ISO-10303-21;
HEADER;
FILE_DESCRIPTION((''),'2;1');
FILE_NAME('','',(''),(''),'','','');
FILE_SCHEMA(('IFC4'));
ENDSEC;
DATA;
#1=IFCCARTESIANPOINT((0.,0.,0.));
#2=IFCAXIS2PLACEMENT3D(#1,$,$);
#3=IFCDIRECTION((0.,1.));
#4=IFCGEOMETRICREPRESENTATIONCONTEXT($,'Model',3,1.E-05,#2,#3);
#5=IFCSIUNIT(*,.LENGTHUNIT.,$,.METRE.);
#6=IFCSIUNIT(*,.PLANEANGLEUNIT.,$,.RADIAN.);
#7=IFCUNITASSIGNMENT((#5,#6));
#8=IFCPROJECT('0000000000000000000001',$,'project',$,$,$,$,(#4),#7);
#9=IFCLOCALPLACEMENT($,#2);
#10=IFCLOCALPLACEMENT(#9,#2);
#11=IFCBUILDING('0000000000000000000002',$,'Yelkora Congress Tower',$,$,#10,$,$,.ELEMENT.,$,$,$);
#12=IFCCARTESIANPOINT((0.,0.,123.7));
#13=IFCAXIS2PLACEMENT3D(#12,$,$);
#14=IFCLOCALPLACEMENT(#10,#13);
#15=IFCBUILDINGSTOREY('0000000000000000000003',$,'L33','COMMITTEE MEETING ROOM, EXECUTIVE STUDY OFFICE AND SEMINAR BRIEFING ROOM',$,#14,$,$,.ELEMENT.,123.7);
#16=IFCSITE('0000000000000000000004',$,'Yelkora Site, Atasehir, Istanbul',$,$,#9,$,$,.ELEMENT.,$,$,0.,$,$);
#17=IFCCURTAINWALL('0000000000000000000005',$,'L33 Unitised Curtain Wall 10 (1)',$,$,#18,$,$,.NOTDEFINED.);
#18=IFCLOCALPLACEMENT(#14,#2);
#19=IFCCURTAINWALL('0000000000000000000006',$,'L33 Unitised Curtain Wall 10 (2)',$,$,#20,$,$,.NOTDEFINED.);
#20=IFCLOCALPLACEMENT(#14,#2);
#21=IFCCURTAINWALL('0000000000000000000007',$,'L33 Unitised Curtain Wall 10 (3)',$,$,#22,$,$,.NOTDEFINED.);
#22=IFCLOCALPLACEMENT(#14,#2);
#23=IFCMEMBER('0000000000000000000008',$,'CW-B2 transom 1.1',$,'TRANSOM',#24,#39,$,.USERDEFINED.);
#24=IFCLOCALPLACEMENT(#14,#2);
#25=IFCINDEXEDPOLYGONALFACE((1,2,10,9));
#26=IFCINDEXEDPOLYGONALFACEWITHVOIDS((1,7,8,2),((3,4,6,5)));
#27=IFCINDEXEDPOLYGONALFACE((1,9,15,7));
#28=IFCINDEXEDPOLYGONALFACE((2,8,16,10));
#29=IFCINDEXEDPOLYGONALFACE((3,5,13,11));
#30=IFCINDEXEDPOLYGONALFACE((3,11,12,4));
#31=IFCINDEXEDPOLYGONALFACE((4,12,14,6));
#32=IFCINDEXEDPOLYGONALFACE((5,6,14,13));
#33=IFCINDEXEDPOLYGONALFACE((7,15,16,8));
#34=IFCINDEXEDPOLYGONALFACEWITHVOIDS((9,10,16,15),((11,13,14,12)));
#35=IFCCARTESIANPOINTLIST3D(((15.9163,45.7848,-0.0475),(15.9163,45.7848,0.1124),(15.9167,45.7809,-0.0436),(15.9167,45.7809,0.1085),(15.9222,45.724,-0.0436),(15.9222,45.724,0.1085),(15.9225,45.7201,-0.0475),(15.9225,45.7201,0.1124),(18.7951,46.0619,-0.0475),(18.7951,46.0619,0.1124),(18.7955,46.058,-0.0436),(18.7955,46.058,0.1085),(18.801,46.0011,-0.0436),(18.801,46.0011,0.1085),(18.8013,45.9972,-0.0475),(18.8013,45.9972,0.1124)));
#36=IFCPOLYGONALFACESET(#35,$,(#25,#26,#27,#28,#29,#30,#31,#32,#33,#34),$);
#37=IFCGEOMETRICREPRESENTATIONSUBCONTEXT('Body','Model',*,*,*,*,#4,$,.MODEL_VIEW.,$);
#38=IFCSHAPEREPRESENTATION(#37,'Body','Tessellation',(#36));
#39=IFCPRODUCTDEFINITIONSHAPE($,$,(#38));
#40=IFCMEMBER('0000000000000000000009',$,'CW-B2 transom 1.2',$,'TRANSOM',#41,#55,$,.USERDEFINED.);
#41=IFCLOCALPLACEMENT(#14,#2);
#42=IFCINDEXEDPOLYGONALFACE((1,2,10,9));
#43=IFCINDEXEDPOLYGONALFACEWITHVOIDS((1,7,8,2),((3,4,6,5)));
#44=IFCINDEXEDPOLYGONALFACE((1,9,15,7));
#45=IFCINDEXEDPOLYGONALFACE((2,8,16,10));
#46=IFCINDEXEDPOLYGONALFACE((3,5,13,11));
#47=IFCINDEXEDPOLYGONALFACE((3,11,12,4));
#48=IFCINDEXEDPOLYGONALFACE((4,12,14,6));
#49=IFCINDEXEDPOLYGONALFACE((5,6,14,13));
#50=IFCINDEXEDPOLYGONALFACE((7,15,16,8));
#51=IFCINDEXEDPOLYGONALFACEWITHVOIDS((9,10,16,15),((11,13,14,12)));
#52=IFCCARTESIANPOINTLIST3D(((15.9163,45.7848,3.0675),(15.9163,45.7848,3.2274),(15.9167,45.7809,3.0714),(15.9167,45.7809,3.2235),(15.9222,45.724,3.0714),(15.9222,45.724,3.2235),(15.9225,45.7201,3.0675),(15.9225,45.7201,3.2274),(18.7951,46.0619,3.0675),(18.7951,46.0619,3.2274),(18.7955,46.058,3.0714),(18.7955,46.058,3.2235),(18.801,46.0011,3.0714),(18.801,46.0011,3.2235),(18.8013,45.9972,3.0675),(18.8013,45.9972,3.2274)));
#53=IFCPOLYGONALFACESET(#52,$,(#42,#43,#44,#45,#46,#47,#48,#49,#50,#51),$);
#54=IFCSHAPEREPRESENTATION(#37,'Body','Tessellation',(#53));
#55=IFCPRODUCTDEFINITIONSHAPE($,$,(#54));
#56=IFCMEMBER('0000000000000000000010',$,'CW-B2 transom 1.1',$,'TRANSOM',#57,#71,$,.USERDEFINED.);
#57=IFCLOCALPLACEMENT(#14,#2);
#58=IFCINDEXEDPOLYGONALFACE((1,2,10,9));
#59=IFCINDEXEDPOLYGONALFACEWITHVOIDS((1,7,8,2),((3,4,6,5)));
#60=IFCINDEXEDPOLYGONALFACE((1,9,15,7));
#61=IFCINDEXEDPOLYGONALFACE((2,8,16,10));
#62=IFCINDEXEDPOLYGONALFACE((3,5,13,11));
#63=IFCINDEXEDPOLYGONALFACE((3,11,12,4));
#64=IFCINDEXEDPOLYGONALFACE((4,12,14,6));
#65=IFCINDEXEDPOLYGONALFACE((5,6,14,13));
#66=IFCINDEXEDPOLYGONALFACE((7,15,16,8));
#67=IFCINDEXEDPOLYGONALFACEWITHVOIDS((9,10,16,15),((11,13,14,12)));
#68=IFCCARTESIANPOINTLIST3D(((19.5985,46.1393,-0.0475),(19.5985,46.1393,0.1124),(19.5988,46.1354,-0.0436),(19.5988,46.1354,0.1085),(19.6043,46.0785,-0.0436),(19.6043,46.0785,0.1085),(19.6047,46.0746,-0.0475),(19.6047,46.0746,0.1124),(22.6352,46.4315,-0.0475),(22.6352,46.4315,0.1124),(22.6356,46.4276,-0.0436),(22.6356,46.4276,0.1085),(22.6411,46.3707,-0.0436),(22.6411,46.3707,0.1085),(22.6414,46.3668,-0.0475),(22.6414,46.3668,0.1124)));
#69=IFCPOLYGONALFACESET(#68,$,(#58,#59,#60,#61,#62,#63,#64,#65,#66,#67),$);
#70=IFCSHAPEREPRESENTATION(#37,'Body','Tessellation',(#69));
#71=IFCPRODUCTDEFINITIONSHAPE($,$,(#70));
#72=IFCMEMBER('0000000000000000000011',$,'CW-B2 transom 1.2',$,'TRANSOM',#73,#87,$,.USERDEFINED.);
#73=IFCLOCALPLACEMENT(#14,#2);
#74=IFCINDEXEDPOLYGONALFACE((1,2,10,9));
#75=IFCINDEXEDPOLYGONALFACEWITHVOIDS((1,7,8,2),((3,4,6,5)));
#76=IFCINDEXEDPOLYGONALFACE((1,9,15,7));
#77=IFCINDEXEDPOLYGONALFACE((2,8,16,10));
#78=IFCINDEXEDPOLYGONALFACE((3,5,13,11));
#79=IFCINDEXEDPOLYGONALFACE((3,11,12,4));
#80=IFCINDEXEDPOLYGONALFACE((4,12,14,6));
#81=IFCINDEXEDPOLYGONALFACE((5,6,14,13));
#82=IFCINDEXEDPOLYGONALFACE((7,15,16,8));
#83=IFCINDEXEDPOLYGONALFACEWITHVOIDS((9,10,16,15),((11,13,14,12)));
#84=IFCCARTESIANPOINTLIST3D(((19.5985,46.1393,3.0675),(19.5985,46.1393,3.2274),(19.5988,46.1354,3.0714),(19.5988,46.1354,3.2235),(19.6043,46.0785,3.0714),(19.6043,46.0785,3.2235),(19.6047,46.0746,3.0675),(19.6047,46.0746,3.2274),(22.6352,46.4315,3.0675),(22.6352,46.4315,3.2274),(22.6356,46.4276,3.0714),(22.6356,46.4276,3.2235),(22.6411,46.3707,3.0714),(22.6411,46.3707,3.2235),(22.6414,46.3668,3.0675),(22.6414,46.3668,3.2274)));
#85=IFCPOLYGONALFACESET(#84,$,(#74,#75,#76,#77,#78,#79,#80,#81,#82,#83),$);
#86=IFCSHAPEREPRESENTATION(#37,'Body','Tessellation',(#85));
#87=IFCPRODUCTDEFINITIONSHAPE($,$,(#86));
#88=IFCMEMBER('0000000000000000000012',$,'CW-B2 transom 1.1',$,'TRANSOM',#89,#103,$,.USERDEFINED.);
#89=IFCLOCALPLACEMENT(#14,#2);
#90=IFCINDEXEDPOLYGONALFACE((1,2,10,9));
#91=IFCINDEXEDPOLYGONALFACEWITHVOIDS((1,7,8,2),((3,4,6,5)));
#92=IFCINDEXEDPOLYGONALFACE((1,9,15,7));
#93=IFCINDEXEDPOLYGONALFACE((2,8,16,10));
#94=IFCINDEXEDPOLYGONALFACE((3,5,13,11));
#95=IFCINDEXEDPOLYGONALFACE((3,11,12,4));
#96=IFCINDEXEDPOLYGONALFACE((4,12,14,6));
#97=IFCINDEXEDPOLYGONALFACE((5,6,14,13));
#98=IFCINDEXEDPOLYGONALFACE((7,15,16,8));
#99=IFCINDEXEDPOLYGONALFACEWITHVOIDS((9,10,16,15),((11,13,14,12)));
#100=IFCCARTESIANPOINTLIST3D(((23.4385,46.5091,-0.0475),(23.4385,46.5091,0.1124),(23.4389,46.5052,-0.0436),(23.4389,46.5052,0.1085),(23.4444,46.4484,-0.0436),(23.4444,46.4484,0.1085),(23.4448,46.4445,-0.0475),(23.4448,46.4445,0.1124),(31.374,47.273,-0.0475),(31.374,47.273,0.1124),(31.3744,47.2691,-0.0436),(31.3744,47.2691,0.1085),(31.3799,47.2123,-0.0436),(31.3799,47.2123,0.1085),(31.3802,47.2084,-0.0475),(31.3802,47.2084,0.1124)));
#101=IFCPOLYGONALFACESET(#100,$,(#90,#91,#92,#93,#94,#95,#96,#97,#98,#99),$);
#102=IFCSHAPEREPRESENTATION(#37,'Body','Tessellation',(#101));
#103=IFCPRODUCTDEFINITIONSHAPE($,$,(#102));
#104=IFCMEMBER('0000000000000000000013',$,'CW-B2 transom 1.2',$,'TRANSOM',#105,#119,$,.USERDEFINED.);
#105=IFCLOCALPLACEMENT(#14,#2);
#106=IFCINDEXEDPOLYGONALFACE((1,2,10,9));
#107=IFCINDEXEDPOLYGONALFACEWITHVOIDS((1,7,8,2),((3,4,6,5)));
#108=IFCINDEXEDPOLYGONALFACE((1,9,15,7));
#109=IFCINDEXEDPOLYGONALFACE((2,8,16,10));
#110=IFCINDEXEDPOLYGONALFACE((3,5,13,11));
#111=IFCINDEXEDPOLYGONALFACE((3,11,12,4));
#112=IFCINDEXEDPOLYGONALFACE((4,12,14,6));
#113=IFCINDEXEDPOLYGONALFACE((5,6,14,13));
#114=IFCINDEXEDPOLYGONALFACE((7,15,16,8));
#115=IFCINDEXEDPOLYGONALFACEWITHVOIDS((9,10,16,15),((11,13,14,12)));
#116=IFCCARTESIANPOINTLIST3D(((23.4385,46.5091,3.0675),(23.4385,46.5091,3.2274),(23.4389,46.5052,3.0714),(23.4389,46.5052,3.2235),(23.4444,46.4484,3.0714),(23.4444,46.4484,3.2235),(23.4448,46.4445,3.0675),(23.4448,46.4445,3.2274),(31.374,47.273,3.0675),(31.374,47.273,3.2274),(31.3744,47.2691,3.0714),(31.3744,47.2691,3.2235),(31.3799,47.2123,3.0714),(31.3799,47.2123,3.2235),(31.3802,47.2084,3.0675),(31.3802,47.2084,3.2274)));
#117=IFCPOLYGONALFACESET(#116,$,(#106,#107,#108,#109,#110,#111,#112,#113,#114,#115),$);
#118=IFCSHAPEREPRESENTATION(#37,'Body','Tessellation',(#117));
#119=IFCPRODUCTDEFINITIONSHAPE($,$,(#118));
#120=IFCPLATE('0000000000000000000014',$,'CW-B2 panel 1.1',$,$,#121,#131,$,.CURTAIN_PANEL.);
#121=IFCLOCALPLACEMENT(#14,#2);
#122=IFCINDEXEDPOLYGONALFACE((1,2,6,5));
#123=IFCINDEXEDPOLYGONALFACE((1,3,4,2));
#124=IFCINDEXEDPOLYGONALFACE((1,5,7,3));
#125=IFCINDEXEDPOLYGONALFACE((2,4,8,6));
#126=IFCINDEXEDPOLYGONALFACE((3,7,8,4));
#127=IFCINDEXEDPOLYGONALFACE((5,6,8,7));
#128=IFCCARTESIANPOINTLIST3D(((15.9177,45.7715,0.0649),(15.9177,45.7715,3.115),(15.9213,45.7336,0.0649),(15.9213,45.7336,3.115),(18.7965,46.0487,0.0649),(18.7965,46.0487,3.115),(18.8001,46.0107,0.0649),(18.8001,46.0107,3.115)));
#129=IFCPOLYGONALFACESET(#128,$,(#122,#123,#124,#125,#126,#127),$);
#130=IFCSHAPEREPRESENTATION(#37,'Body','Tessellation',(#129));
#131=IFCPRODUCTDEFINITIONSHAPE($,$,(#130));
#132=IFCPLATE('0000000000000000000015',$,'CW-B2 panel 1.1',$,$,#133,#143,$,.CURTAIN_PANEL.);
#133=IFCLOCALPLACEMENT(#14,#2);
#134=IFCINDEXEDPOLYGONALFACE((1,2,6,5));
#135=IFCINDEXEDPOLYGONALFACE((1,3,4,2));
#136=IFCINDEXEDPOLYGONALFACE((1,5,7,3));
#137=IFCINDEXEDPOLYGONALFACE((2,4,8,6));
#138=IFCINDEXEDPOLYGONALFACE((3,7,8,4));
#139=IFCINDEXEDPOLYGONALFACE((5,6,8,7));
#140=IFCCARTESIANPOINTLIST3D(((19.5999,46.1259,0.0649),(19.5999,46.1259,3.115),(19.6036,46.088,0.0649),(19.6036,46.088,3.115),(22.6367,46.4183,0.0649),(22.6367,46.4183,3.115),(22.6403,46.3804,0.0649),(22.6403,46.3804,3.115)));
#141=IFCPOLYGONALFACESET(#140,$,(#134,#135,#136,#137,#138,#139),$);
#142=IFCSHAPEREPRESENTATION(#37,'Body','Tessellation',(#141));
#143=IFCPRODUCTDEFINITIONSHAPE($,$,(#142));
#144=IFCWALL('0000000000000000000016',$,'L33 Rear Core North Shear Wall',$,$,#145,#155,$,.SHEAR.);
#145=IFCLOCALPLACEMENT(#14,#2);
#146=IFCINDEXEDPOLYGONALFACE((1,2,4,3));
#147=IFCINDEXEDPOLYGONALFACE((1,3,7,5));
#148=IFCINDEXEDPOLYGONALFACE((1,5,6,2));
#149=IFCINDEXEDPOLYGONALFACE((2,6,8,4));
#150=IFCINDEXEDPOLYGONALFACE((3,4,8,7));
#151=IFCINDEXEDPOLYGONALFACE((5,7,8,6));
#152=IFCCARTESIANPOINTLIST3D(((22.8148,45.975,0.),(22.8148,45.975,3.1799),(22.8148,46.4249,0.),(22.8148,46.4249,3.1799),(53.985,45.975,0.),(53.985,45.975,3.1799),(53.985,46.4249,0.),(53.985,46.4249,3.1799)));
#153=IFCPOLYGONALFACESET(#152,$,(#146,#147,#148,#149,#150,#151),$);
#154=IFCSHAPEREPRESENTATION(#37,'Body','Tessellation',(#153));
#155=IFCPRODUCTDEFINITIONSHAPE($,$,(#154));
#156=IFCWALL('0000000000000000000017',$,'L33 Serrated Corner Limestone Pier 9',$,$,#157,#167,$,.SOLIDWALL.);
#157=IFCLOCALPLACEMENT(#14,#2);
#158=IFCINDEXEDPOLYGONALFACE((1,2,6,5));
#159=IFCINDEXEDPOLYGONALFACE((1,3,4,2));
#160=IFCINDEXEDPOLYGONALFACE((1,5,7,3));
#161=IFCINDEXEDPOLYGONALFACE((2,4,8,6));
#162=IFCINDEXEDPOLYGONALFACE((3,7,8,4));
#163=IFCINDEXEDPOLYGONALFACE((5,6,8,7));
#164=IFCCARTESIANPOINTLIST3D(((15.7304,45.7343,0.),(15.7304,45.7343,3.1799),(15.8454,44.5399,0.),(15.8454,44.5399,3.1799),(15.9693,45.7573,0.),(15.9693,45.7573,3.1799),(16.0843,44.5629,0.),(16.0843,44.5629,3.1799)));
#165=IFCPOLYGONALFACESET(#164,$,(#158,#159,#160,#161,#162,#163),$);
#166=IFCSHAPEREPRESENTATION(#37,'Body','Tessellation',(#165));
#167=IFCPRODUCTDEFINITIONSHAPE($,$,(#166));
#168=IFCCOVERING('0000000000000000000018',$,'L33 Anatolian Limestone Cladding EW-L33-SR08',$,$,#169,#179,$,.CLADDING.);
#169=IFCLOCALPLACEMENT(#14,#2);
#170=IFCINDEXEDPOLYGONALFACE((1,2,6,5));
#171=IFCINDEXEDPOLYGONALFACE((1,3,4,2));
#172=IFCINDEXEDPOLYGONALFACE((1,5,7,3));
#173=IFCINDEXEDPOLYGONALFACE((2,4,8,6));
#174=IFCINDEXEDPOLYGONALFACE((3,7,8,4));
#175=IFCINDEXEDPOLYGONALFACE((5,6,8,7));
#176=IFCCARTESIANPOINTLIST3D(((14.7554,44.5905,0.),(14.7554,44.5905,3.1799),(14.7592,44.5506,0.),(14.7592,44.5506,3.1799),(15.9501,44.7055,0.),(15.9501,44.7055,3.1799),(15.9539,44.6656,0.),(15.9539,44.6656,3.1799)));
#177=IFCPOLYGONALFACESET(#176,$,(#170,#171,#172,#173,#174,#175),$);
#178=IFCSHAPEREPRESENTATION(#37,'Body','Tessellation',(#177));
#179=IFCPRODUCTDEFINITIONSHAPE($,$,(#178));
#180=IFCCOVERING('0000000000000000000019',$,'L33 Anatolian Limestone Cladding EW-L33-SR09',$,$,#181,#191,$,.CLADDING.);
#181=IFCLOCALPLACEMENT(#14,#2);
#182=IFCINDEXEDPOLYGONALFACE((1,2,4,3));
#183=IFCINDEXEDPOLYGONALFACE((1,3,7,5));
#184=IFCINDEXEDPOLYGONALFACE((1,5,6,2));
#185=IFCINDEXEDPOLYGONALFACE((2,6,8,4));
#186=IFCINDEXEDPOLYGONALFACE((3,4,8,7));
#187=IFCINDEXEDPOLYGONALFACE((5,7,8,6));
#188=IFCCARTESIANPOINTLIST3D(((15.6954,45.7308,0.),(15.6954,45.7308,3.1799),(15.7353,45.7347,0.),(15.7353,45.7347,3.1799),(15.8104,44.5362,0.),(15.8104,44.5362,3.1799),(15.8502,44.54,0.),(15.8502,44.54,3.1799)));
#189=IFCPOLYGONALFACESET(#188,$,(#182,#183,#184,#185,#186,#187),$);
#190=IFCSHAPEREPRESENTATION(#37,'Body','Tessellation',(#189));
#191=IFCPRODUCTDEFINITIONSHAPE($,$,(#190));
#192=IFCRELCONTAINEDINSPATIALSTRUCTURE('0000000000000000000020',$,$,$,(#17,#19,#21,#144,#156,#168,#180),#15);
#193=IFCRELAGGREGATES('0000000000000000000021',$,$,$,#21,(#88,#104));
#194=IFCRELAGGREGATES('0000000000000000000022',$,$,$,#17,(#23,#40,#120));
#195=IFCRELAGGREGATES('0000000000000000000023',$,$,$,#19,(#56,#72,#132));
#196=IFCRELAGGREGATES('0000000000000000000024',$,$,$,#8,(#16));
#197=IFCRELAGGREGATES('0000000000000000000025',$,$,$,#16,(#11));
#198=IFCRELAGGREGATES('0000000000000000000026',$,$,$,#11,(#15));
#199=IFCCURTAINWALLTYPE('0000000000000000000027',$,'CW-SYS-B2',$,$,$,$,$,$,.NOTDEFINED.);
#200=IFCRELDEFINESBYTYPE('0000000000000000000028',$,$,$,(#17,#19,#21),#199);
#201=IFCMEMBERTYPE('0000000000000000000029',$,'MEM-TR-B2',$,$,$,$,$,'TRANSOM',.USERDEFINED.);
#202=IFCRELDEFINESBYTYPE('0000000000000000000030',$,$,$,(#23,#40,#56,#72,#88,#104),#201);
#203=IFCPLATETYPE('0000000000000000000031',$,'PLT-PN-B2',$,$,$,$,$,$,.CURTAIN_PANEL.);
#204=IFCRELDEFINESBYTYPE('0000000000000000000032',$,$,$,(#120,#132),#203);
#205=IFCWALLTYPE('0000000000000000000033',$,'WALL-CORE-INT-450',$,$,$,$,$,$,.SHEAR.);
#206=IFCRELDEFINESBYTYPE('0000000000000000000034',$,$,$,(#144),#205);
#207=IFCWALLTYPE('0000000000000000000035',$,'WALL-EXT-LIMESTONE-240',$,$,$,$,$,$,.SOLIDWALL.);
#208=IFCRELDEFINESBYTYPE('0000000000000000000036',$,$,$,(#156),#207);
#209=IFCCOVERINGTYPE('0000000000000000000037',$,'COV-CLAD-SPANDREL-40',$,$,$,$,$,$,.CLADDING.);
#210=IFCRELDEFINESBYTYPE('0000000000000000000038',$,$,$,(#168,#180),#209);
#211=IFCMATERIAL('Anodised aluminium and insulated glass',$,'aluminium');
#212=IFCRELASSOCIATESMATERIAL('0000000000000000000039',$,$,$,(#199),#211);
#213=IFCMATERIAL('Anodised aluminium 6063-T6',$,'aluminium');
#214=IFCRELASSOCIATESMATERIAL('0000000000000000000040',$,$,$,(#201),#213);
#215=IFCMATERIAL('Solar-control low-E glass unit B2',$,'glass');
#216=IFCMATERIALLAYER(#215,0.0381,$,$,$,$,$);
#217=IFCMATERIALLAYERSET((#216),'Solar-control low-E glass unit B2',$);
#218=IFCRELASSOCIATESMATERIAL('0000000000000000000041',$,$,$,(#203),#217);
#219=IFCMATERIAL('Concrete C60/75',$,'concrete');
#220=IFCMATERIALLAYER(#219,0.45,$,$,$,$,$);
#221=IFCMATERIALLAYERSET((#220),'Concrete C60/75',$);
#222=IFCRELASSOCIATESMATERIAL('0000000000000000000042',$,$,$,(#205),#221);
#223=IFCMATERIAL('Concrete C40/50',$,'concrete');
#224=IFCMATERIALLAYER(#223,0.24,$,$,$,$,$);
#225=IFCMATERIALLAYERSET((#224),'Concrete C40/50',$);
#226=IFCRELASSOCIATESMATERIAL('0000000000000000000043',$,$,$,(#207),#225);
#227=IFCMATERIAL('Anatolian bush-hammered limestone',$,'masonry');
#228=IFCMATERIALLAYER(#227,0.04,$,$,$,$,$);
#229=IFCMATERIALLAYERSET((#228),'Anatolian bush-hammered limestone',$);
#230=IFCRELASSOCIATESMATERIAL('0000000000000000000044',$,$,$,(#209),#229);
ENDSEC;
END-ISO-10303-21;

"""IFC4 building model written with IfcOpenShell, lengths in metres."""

from ifc_helpers import new_model, si_unit, direction, frame, frame_2d, origin, origin_2d, place, context, subcontext, project, spatial, rectangle, hollow_rectangle, extrude, material, layer, layer_set, material_profile, profile_set, type_object, element, aggregate, save


model = new_model("IFC4")

# Units and contexts
model_context = context("Model", 3, precision=1e-05, world=origin(), true_north=direction((0.0, 1.0)))
body_context = subcontext(model_context, "Body", "Model", "MODEL_VIEW")
ifc_project = project(units=[si_unit("LENGTHUNIT", "METRE"), si_unit("PLANEANGLEUNIT", "RADIAN")], contexts=[model_context])

# Site, building, storey
site_placement = place(None, origin())
site = spatial("IfcSite", under=ifc_project, at=site_placement, Name="Yelkora Site, Atasehir, Istanbul", CompositionType="ELEMENT", RefElevation=0.0)
building_placement = place(site_placement, origin())
building = spatial("IfcBuilding", under=site, at=building_placement, Name="Yelkora Congress Tower", CompositionType="ELEMENT")
storey_placement = place(building_placement, frame((0.0, 0.0, 123.7)))
storey = spatial("IfcBuildingStorey", under=building, at=storey_placement, Name="L33", Description="COMMITTEE MEETING ROOM, EXECUTIVE STUDY OFFICE AND SEMINAR BRIEFING ROOM", CompositionType="ELEMENT", Elevation=123.7)

# Curtain walls
ifc_material_1 = material(Name="Anodised aluminium and insulated glass", Category="aluminium")
curtain_wall_type = type_object("IfcCurtainWallType", Name="CW-SYS-B2", PredefinedType="NOTDEFINED", material=ifc_material_1)
curtain_wall_1_placement = place(storey_placement, origin())
curtain_wall_1 = element("IfcCurtainWall", 1, at=curtain_wall_1_placement, inside=storey, type_object=curtain_wall_type, Name="L33 Unitised Curtain Wall 10 (1)", PredefinedType="NOTDEFINED")
ifc_material_2 = material(Name="Anodised aluminium 6063-T6", Category="aluminium")
curtain_wall_2_placement = place(storey_placement, origin())
curtain_wall_2 = element("IfcCurtainWall", 2, at=curtain_wall_2_placement, inside=storey, type_object=curtain_wall_type, Name="L33 Unitised Curtain Wall 10 (2)", PredefinedType="NOTDEFINED")

# Curtain wall
curtain_wall_3_placement = place(storey_placement, origin())
curtain_wall_3 = element("IfcCurtainWall", 3, at=curtain_wall_3_placement, inside=storey, type_object=curtain_wall_type, Name="L33 Unitised Curtain Wall 10 (3)", PredefinedType="NOTDEFINED")

# Members
ifc_material_profile_1 = material_profile(ifc_material_2, hollow_rectangle(XDim=0.0649, YDim=0.1599, WallThickness=0.0039, at=origin_2d()), Name="ALU 65x160x4")
ifc_profile_set_1 = profile_set([ifc_material_profile_1], Name="Anodised aluminium 6063-T6")
member_type_1 = type_object("IfcMemberType", Name="MEM-TR-B2", ElementType="TRANSOM", PredefinedType="USERDEFINED", material=ifc_profile_set_1)
member_1_placement = place(storey_placement, frame((15.9194, 45.7524, 0.0325), z_axis=(0.9954, 0.095809, 0.0), x_axis=(-0.095809, 0.9954, 0.0)))
member_1 = element("IfcMember", 4, at=member_1_placement, type_object=member_type_1, Name="CW-B2 transom 1.1", ObjectType="TRANSOM", PredefinedType="USERDEFINED", context=body_context, shape_type="SweptSolid", body=[
    extrude(hollow_rectangle(XDim=0.0649, YDim=0.1599, WallThickness=0.0039, at=origin_2d()), origin(), (0.0, 0.0, 1.0), 2.8921),
])
member_2_placement = place(storey_placement, frame((15.9194, 45.7524, 3.1475), z_axis=(0.9954, 0.095809, 0.0), x_axis=(-0.095809, 0.9954, 0.0)))
member_2 = element("IfcMember", 5, at=member_2_placement, type_object=member_type_1, Name="CW-B2 transom 1.2", ObjectType="TRANSOM", PredefinedType="USERDEFINED", context=body_context, shape_type="SweptSolid", body=[
    extrude(hollow_rectangle(XDim=0.0649, YDim=0.1599, WallThickness=0.0039, at=origin_2d()), origin(), (0.0, 0.0, 1.0), 2.8921),
])
member_3_placement = place(storey_placement, frame((19.6016, 46.1069, 0.0325), z_axis=(0.995402, 0.095787, 0.0), x_axis=(-0.095787, 0.995402, 0.0)))
member_3 = element("IfcMember", 6, at=member_3_placement, type_object=member_type_1, Name="CW-B2 transom 1.1", ObjectType="TRANSOM", PredefinedType="USERDEFINED", context=body_context, shape_type="SweptSolid", body=[
    extrude(hollow_rectangle(XDim=0.0649, YDim=0.1599, WallThickness=0.0039, at=origin_2d()), origin(), (0.0, 0.0, 1.0), 3.0508),
])
member_4_placement = place(storey_placement, frame((19.6016, 46.1069, 3.1475), z_axis=(0.995402, 0.095787, 0.0), x_axis=(-0.095787, 0.995402, 0.0)))
member_4 = element("IfcMember", 7, at=member_4_placement, type_object=member_type_1, Name="CW-B2 transom 1.2", ObjectType="TRANSOM", PredefinedType="USERDEFINED", context=body_context, shape_type="SweptSolid", body=[
    extrude(hollow_rectangle(XDim=0.0649, YDim=0.1599, WallThickness=0.0039, at=origin_2d()), origin(), (0.0, 0.0, 1.0), 3.0508),
])
member_5_placement = place(storey_placement, frame((23.4417, 46.4768, 0.0325), z_axis=(0.995398, 0.095822, 0.0), x_axis=(-0.095822, 0.995398, 0.0)))
member_5 = element("IfcMember", 8, at=member_5_placement, type_object=member_type_1, Name="CW-B2 transom 1.1", ObjectType="TRANSOM", PredefinedType="USERDEFINED", context=body_context, shape_type="SweptSolid", body=[
    extrude(hollow_rectangle(XDim=0.0649, YDim=0.1599, WallThickness=0.0039, at=origin_2d()), origin(), (0.0, 0.0, 1.0), 7.9722),
])
member_6_placement = place(storey_placement, frame((23.4417, 46.4768, 3.1475), z_axis=(0.995398, 0.095822, 0.0), x_axis=(-0.095822, 0.995398, 0.0)))
member_6 = element("IfcMember", 9, at=member_6_placement, type_object=member_type_1, Name="CW-B2 transom 1.2", ObjectType="TRANSOM", PredefinedType="USERDEFINED", context=body_context, shape_type="SweptSolid", body=[
    extrude(hollow_rectangle(XDim=0.0649, YDim=0.1599, WallThickness=0.0039, at=origin_2d()), origin(), (0.0, 0.0, 1.0), 7.9722),
])
aggregate(curtain_wall_3, [member_5, member_6])

# Plates
ifc_material_3 = material(Name="Solar-control low-E glass unit B2", Category="glass")
ifc_layer_1 = layer(ifc_material_3, 0.0381)
ifc_layer_set_1 = layer_set([ifc_layer_1], Name="Solar-control low-E glass unit B2")
plate_type = type_object("IfcPlateType", Name="PLT-PN-B2", PredefinedType="CURTAIN_PANEL", material=ifc_layer_set_1)
plate_1_placement = place(storey_placement, frame((17.3589, 45.8911, 0.0649), z_axis=(0.0, 0.0, 1.0), x_axis=(0.995397, 0.095839, 0.0)))
plate_1 = element("IfcPlate", 10, at=plate_1_placement, type_object=plate_type, Name="CW-B2 panel 1.1", PredefinedType="CURTAIN_PANEL", context=body_context, shape_type="SweptSolid", body=[
    extrude(rectangle(XDim=2.8921, YDim=0.0381, at=origin_2d()), origin(), (0.0, 0.0, 1.0), 3.05),
])
aggregate(curtain_wall_1, [member_1, member_2, plate_1])
plate_2_placement = place(storey_placement, frame((21.1201, 46.2532, 0.0649), z_axis=(0.0, 0.0, 1.0), x_axis=(0.995397, 0.095841, 0.0)))
plate_2 = element("IfcPlate", 11, at=plate_2_placement, type_object=plate_type, Name="CW-B2 panel 1.1", PredefinedType="CURTAIN_PANEL", context=body_context, shape_type="SweptSolid", body=[
    extrude(rectangle(XDim=3.0508, YDim=0.0381, at=origin_2d()), origin(), (0.0, 0.0, 1.0), 3.05),
])
aggregate(curtain_wall_2, [member_3, member_4, plate_2])

# Walls
ifc_material_4 = material(Name="Concrete C60/75", Category="concrete")
ifc_layer_2 = layer(ifc_material_4, 0.45)
ifc_layer_set_2 = layer_set([ifc_layer_2], Name="Concrete C60/75")
wall_type_1 = type_object("IfcWallType", Name="WALL-CORE-INT-450", PredefinedType="SHEAR", material=ifc_layer_set_2)
wall_1_placement = place(storey_placement, frame((22.8149, 46.2, 0.0), z_axis=(0.0, 0.0, 1.0), x_axis=(1.0, 0.0, 0.0)))
element("IfcWall", 12, at=wall_1_placement, inside=storey, type_object=wall_type_1, Name="L33 Rear Core North Shear Wall", PredefinedType="SHEAR", context=body_context, shape_type="SweptSolid", body=[
    extrude(rectangle(XDim=31.1702, YDim=0.45, at=frame_2d((15.585, 0.0))), origin(), (0.0, 0.0, 1.0), 3.1799),
])
ifc_material_5 = material(Name="Concrete C40/50", Category="concrete")
ifc_layer_3 = layer(ifc_material_5, 0.24)
ifc_layer_set_3 = layer_set([ifc_layer_3], Name="Concrete C40/50")
wall_type_2 = type_object("IfcWallType", Name="WALL-EXT-LIMESTONE-240", PredefinedType="SOLIDWALL", material=ifc_layer_set_3)
wall_2_placement = place(storey_placement, frame((15.9648, 44.5513, 0.0), z_axis=(0.0, 0.0, 1.0), x_axis=(-0.095836, 0.995397, 0.0)))
element("IfcWall", 13, at=wall_2_placement, inside=storey, type_object=wall_type_2, Name="L33 Serrated Corner Limestone Pier 9", PredefinedType="SOLIDWALL", context=body_context, shape_type="SweptSolid", body=[
    extrude(rectangle(XDim=1.2, YDim=0.24, at=frame_2d((0.6001, 0.0))), origin(), (0.0, 0.0, 1.0), 3.1799),
])

# Coverings
ifc_material_6 = material(Name="Anatolian bush-hammered limestone", Category="masonry")
ifc_layer_4 = layer(ifc_material_6, 0.04)
ifc_layer_set_4 = layer_set([ifc_layer_4], Name="Anatolian bush-hammered limestone")
covering_type = type_object("IfcCoveringType", Name="COV-CLAD-SPANDREL-40", PredefinedType="CLADDING", material=ifc_layer_set_4)
for number, where, z_axis, x_axis, name in (
    (14, (14.7573, 44.5706, 0.0), (0.0, 0.0, 1.0), (0.995399, 0.095817, 0.0), "L33 Anatolian Limestone Cladding EW-L33-SR08"),
    (15, (15.8303, 44.5381, 0.0), (0.0, 0.0, 1.0), (-0.095817, 0.995399, 0.0), "L33 Anatolian Limestone Cladding EW-L33-SR09"),
):
    element("IfcCovering", number, at=place(storey_placement, frame(where, z_axis=z_axis, x_axis=x_axis)), inside=storey, type_object=covering_type, Name=name, PredefinedType="CLADDING", context=body_context, shape_type="SweptSolid", body=[
        extrude(rectangle(XDim=1.2002, YDim=0.04, at=frame_2d((0.6001, 0.0))), origin(), (0.0, 0.0, 1.0), 3.1799),
    ])

save(model, "model.ifc")
